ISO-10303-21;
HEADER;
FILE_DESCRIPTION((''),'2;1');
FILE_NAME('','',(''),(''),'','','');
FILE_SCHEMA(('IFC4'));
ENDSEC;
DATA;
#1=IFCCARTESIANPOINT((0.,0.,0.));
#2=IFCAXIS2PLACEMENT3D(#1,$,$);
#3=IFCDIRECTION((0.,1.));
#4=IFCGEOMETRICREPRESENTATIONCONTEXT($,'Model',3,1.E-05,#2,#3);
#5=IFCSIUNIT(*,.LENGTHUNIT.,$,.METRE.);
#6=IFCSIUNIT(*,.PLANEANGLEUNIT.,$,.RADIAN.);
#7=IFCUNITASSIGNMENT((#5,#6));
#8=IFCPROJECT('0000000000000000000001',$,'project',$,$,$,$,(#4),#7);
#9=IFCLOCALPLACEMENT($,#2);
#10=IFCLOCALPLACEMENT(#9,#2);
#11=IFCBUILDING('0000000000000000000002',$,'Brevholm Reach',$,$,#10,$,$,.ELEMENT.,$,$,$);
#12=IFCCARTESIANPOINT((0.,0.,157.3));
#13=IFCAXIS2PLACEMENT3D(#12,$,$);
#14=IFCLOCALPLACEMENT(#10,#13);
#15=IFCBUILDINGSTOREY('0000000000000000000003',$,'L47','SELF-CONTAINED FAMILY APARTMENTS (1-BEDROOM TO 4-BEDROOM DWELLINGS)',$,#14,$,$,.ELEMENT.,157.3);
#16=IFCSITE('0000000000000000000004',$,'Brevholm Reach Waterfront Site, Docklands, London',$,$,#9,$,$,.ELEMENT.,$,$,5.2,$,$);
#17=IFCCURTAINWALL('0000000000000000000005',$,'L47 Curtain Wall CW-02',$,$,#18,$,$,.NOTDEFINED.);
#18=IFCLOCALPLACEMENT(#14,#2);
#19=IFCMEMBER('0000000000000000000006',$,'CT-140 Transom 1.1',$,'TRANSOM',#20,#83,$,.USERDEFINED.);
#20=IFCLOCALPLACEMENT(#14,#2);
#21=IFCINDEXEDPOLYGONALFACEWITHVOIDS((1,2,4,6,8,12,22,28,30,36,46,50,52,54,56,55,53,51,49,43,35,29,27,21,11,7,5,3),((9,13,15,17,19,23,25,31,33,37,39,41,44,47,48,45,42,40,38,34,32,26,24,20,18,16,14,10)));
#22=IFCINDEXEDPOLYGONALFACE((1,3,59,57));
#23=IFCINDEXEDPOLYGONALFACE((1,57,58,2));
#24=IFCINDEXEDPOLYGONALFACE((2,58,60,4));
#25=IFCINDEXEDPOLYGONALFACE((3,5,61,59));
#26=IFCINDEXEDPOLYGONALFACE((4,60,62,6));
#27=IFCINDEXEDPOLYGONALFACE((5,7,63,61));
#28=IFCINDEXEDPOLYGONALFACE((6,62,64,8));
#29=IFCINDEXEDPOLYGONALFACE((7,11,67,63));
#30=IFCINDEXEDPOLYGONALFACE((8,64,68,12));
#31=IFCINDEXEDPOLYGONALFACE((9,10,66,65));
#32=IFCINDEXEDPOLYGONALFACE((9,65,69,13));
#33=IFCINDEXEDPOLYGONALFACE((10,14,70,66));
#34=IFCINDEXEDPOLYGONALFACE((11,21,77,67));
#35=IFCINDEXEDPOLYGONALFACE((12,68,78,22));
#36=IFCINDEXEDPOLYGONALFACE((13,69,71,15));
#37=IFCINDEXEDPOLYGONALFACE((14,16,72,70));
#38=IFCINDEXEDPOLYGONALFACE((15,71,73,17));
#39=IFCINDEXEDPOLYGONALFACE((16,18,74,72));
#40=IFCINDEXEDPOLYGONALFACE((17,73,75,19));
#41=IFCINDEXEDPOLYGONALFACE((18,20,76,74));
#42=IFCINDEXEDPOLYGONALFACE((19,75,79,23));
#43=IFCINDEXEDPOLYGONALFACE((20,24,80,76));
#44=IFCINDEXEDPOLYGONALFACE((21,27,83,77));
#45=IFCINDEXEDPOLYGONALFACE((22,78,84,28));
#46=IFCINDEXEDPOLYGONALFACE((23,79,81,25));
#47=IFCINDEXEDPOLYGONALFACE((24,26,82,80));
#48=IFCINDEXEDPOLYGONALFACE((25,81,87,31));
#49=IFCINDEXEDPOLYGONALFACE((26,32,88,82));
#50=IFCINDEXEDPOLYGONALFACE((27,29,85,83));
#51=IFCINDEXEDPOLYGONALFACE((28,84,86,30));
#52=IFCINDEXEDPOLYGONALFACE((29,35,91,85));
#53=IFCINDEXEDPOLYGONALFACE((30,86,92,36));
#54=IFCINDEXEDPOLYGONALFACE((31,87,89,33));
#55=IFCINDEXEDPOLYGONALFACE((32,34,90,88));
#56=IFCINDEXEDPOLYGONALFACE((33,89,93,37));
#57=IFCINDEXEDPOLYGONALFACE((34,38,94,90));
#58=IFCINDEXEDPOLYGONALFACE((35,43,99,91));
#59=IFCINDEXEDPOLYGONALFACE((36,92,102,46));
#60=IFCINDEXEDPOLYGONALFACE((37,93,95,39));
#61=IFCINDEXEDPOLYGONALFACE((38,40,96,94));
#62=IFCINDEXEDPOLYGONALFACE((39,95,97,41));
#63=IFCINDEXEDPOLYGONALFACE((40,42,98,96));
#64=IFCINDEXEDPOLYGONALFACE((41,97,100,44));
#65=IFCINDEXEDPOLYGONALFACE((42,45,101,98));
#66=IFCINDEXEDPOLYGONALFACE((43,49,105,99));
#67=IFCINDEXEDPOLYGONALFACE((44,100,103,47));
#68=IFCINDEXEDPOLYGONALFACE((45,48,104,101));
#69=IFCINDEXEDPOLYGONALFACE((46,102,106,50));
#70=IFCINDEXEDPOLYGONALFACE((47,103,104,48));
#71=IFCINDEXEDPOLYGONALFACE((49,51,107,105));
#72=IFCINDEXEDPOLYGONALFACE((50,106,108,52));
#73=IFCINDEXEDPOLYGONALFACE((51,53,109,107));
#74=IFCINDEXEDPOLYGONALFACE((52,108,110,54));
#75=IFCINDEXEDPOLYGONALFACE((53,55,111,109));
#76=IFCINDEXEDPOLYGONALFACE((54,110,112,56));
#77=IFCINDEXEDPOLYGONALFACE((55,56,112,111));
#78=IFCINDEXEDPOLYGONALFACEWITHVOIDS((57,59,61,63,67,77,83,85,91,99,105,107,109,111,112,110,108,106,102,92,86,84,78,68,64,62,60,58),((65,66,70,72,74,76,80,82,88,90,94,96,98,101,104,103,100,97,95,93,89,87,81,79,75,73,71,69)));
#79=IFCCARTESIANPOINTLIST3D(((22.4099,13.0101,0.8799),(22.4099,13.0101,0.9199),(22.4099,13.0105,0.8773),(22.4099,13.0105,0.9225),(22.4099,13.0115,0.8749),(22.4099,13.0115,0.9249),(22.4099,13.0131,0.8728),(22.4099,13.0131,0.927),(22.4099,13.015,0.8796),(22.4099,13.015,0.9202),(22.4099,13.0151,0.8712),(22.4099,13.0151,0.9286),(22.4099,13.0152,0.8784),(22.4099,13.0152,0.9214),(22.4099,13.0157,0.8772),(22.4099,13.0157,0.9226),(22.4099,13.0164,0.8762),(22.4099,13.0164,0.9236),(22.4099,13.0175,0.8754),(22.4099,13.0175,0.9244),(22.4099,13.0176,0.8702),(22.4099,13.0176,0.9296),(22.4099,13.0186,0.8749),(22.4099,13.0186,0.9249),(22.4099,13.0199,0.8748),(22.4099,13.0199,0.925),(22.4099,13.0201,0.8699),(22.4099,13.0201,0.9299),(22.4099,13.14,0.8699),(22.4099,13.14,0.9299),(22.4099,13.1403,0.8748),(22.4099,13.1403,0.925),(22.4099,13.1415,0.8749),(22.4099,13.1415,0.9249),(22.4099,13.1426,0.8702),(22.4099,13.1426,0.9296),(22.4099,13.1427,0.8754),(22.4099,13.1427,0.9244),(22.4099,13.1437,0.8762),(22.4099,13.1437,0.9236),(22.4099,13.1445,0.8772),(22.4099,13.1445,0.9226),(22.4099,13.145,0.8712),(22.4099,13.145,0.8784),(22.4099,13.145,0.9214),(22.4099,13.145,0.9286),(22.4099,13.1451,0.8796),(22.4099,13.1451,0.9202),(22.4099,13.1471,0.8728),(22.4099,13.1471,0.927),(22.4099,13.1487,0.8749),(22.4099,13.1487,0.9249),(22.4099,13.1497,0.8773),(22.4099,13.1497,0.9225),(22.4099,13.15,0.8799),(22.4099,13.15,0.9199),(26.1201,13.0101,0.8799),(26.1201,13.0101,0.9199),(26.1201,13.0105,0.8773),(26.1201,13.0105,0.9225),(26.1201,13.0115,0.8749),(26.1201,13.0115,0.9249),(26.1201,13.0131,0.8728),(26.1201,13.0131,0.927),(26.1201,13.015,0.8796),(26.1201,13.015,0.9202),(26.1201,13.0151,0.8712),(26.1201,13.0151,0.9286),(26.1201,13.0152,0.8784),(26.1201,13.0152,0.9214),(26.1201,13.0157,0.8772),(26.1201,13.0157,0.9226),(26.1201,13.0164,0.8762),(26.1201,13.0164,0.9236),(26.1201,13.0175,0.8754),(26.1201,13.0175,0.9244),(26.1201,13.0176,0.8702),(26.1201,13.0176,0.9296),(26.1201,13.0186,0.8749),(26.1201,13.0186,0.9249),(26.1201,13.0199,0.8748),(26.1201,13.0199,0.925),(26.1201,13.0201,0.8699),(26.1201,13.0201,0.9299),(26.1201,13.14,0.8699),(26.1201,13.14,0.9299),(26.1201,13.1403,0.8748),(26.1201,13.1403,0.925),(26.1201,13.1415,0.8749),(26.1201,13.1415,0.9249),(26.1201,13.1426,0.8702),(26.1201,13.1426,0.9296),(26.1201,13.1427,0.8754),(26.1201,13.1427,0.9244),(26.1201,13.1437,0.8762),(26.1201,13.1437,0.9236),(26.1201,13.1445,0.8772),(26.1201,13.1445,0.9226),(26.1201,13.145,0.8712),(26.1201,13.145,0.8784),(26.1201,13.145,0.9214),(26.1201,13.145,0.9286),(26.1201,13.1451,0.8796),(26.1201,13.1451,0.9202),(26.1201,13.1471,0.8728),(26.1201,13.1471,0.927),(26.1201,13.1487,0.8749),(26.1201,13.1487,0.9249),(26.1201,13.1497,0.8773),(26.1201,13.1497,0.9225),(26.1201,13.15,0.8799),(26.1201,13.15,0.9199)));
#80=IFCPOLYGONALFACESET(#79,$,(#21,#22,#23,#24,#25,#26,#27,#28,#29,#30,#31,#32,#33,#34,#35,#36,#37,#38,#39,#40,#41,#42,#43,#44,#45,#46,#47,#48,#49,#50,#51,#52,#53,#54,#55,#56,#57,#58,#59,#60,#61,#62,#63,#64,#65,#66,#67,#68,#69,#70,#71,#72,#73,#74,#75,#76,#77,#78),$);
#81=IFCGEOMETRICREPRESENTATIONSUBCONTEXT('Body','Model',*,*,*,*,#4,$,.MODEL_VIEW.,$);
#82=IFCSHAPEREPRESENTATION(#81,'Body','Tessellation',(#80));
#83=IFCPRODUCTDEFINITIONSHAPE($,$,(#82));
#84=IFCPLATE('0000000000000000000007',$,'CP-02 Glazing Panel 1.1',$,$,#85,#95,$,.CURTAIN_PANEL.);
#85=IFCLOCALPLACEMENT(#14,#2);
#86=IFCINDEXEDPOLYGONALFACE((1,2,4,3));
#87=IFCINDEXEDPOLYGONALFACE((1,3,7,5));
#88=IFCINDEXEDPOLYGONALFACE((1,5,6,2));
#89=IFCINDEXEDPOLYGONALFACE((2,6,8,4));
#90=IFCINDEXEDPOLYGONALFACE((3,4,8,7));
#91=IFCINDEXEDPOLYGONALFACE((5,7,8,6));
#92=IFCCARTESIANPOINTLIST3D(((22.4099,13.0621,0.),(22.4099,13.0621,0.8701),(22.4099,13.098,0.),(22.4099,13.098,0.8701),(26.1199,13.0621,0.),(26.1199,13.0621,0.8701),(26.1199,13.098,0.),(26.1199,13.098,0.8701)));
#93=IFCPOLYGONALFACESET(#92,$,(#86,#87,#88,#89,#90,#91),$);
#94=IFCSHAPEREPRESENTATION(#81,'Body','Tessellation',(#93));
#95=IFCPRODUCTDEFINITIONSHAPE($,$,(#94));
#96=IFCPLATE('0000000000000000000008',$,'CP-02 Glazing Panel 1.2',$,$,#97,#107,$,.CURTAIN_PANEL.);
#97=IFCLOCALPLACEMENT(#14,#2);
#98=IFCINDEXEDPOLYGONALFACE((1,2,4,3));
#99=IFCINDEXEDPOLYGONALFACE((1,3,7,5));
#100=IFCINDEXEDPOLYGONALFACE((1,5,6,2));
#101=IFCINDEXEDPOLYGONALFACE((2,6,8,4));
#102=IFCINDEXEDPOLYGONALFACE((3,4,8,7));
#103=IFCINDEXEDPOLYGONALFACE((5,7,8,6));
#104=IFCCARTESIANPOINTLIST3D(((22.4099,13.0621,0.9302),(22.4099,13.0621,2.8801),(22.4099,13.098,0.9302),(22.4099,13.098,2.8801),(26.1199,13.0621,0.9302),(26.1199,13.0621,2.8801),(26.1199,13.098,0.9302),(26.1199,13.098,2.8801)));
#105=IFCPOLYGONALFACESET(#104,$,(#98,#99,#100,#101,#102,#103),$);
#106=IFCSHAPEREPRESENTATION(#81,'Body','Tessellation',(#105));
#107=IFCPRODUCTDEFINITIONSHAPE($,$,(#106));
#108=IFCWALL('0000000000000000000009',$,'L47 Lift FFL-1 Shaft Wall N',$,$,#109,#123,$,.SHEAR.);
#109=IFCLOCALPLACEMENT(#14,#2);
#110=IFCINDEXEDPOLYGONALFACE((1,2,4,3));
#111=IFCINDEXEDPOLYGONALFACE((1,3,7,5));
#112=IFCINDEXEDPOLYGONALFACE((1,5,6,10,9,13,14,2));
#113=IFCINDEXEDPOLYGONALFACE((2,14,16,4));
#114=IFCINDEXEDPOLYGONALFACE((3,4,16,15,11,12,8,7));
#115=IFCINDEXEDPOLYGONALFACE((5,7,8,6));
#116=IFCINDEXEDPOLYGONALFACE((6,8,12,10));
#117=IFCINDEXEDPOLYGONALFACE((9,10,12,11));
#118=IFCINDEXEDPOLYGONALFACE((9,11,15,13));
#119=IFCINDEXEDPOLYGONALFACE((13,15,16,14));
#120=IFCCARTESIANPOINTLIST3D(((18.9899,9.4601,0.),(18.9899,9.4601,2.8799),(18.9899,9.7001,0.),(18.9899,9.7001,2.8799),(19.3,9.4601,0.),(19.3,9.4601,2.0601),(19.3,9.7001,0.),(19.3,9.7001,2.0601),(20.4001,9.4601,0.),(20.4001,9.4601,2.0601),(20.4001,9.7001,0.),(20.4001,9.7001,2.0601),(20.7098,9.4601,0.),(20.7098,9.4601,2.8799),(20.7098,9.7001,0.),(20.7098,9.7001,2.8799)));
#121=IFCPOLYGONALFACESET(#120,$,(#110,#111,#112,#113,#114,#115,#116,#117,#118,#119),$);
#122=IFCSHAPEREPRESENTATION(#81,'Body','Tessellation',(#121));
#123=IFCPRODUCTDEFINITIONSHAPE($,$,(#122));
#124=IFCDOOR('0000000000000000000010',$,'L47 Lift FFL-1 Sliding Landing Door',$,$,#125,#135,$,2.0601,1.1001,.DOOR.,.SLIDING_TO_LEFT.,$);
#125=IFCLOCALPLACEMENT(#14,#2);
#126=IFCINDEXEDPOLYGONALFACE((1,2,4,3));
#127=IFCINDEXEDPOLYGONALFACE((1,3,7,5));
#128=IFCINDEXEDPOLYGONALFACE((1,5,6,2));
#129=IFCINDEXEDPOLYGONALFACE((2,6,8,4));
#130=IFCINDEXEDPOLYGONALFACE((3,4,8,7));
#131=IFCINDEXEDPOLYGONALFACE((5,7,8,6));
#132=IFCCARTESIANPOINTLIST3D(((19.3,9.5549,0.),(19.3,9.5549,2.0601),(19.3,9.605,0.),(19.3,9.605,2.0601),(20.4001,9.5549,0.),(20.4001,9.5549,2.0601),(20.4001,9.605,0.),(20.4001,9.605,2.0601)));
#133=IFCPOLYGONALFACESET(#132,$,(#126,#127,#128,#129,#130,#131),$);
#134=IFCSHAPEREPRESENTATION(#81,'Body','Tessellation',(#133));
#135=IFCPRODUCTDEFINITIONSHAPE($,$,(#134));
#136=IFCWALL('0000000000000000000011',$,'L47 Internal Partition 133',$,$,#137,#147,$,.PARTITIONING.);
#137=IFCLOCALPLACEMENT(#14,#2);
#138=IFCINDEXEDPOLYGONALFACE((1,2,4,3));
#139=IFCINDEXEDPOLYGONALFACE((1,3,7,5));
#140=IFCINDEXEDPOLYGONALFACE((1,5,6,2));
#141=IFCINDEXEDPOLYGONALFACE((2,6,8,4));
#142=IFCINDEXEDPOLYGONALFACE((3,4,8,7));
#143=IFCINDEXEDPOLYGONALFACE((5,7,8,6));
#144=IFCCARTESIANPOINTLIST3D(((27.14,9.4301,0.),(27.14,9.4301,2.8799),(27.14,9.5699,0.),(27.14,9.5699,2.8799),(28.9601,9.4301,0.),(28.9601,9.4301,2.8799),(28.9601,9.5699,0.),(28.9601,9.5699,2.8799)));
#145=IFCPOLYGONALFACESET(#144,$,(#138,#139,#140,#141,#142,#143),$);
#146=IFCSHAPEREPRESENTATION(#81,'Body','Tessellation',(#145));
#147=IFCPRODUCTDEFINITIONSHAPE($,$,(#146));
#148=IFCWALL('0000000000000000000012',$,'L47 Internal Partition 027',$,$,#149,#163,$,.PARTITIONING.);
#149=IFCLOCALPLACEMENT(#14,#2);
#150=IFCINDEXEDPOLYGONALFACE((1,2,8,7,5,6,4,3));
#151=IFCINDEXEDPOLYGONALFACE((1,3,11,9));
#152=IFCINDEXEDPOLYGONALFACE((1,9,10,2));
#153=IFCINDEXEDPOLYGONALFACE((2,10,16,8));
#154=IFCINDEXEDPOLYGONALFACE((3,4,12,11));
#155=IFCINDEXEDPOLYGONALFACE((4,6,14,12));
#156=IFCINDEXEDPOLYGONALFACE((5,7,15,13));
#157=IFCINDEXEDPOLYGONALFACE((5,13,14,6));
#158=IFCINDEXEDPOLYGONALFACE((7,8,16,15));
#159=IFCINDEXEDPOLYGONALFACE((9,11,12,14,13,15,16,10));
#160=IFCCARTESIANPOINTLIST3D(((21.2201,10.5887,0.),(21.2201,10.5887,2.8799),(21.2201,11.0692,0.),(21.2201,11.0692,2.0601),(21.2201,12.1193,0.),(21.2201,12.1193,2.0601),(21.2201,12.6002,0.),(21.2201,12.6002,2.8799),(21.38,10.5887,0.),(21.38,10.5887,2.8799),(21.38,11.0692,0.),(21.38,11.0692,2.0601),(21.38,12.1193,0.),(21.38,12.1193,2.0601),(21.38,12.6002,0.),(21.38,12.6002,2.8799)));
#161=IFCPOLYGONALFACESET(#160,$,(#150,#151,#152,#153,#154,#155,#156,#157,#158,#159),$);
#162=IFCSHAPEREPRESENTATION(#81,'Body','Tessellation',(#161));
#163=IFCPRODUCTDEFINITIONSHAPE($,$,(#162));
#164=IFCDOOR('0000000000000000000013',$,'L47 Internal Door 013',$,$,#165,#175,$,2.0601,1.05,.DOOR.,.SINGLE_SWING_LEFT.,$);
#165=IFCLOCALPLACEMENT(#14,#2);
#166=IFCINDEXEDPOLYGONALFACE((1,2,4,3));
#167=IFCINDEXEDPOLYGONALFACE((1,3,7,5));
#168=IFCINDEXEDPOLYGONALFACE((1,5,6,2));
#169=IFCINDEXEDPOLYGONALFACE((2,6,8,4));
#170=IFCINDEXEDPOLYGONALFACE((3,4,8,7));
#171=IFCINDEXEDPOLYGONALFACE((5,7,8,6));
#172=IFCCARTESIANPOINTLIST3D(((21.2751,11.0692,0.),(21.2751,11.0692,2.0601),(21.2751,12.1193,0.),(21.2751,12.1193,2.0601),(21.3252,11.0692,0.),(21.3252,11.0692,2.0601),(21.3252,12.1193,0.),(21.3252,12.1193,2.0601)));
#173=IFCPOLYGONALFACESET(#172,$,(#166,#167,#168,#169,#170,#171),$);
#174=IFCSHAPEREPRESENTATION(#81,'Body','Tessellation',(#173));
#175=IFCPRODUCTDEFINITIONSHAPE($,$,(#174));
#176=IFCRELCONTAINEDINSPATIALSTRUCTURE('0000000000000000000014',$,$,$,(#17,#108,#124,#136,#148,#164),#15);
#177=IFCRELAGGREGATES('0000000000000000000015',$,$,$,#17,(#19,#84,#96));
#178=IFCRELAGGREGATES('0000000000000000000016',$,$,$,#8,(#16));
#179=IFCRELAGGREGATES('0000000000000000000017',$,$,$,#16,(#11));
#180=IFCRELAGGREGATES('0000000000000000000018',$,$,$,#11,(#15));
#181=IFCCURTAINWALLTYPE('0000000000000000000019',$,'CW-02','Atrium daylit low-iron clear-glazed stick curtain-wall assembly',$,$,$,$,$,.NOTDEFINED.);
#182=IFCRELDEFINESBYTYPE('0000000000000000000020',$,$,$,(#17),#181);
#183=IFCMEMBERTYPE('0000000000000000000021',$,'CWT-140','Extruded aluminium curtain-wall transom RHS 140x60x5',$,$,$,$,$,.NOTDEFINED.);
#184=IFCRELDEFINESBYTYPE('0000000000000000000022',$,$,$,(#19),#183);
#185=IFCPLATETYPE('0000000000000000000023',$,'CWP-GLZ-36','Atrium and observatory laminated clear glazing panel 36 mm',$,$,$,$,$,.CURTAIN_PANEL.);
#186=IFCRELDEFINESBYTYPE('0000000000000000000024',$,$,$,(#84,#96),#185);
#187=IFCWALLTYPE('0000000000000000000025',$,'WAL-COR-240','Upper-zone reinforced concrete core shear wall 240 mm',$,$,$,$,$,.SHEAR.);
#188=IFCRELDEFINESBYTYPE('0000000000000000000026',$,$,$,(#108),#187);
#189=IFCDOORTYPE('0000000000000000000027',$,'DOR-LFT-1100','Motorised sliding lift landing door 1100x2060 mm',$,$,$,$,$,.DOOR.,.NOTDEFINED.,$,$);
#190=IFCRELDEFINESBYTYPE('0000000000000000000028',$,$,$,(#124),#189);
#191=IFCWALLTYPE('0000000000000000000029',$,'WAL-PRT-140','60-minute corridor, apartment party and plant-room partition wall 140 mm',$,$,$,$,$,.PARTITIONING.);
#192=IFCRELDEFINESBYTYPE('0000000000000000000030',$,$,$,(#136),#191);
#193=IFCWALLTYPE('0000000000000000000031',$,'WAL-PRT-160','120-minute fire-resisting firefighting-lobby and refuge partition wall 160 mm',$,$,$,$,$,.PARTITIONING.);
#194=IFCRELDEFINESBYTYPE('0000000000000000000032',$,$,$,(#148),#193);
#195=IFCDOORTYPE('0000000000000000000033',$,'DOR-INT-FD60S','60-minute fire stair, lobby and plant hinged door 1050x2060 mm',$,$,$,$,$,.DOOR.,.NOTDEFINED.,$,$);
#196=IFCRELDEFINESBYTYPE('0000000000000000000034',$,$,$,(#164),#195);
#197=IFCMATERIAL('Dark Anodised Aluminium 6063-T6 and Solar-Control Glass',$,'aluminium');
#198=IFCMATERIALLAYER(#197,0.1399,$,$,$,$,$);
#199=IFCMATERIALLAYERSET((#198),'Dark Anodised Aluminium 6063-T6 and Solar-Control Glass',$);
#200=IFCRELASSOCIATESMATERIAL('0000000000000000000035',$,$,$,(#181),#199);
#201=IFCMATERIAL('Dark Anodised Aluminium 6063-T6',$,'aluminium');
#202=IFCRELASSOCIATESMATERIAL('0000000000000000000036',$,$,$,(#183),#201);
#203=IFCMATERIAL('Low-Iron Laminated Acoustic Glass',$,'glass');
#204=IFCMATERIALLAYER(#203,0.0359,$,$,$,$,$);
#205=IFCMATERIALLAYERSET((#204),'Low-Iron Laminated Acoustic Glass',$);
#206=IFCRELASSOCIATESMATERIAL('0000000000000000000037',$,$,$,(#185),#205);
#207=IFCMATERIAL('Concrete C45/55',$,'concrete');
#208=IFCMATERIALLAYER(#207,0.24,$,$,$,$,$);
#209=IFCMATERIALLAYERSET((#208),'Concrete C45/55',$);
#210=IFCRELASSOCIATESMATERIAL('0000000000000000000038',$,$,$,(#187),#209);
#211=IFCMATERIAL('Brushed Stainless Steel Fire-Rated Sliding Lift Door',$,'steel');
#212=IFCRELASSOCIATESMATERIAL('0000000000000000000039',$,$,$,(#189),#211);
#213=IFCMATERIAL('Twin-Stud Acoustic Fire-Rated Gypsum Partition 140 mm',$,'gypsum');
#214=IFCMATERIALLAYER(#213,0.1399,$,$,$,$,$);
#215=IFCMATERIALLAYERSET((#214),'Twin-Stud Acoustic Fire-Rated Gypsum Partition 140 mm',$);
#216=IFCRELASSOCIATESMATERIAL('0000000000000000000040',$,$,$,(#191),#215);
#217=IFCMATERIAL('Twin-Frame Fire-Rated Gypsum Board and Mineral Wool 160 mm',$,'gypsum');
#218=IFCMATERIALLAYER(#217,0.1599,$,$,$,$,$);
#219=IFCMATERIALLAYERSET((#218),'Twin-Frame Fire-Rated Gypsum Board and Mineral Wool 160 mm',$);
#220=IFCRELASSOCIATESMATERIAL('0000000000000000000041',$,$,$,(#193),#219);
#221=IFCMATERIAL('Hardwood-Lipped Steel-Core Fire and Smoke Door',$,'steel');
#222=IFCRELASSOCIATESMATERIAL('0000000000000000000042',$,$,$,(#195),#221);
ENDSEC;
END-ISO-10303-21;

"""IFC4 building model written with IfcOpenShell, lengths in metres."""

from ifc_helpers import new_model, si_unit, direction, frame, frame_2d, origin, origin_2d, place, context, subcontext, project, spatial, rectangle, hollow_rectangle, extrude, material, layer, layer_set, material_profile, profile_set, type_object, element, fill, aggregate, save


model = new_model("IFC4")

# Units and contexts
model_context = context("Model", 3, precision=1e-05, world=origin(), true_north=direction((0.0, 1.0)))
body_context = subcontext(model_context, "Body", "Model", "MODEL_VIEW")
ifc_project = project(units=[si_unit("LENGTHUNIT", "METRE"), si_unit("PLANEANGLEUNIT", "RADIAN")], contexts=[model_context])

# Site, building, storey
site_placement = place(None, origin())
site = spatial("IfcSite", under=ifc_project, at=site_placement, Name="Brevholm Reach Waterfront Site, Docklands, London", CompositionType="ELEMENT", RefElevation=5.2)
building_placement = place(site_placement, origin())
building = spatial("IfcBuilding", under=site, at=building_placement, Name="Brevholm Reach", CompositionType="ELEMENT")
storey_placement = place(building_placement, frame((0.0, 0.0, 157.3)))
storey = spatial("IfcBuildingStorey", under=building, at=storey_placement, Name="L47", Description="SELF-CONTAINED FAMILY APARTMENTS (1-BEDROOM TO 4-BEDROOM DWELLINGS)", CompositionType="ELEMENT", Elevation=157.3)

# Curtain wall, member, plates
ifc_material_1 = material(Name="Dark Anodised Aluminium 6063-T6 and Solar-Control Glass", Category="aluminium")
ifc_layer_1 = layer(ifc_material_1, 0.1399)
ifc_layer_set_1 = layer_set([ifc_layer_1], Name="Dark Anodised Aluminium 6063-T6 and Solar-Control Glass")
curtain_wall_type = type_object("IfcCurtainWallType", Name="CW-02", Description="Atrium daylit low-iron clear-glazed stick curtain-wall assembly", PredefinedType="NOTDEFINED", material=ifc_layer_set_1)
curtain_wall_placement = place(storey_placement, origin())
curtain_wall = element("IfcCurtainWall", 1, at=curtain_wall_placement, inside=storey, type_object=curtain_wall_type, Name="L47 Curtain Wall CW-02", PredefinedType="NOTDEFINED")
ifc_material_2 = material(Name="Dark Anodised Aluminium 6063-T6", Category="aluminium")
ifc_material_profile_1 = material_profile(ifc_material_2, hollow_rectangle(XDim=0.0601, YDim=0.1399, WallThickness=0.0049, InnerFilletRadius=0.0049, OuterFilletRadius=0.01, at=origin_2d()), Name="RHS 140x60x5")
ifc_profile_set_1 = profile_set([ifc_material_profile_1], Name="Dark Anodised Aluminium 6063-T6")
member_type_1 = type_object("IfcMemberType", Name="CWT-140", Description="Extruded aluminium curtain-wall transom RHS 140x60x5", PredefinedType="NOTDEFINED", material=ifc_profile_set_1)
member_1_placement = place(storey_placement, frame((22.4099, 13.0801, 0.8999), z_axis=(1.0, 0.0, 0.0), x_axis=(0.0, 0.0, 1.0)))
member_1 = element("IfcMember", 2, at=member_1_placement, type_object=member_type_1, Name="CT-140 Transom 1.1", ObjectType="TRANSOM", PredefinedType="USERDEFINED", context=body_context, shape_type="SweptSolid", body=[
    extrude(hollow_rectangle(XDim=0.0601, YDim=0.1399, WallThickness=0.0049, InnerFilletRadius=0.0049, OuterFilletRadius=0.01, at=origin_2d()), origin(), (0.0, 0.0, 1.0), 3.7102),
])
ifc_material_3 = material(Name="Low-Iron Laminated Acoustic Glass", Category="glass")
ifc_layer_2 = layer(ifc_material_3, 0.0359)
ifc_layer_set_2 = layer_set([ifc_layer_2], Name="Low-Iron Laminated Acoustic Glass")
plate_type = type_object("IfcPlateType", Name="CWP-GLZ-36", Description="Atrium and observatory laminated clear glazing panel 36 mm", PredefinedType="CURTAIN_PANEL", material=ifc_layer_set_2)
plate_1_placement = place(storey_placement, frame((24.2649, 13.0801, 0.0), z_axis=(0.0, 0.0, 1.0), x_axis=(1.0, 0.0, 0.0)))
plate_1 = element("IfcPlate", 3, at=plate_1_placement, type_object=plate_type, Name="CP-02 Glazing Panel 1.1", PredefinedType="CURTAIN_PANEL", context=body_context, shape_type="SweptSolid", body=[
    extrude(rectangle(XDim=3.71, YDim=0.0359, at=origin_2d()), origin(), (0.0, 0.0, 1.0), 0.8701),
])
plate_2_placement = place(storey_placement, frame((24.2649, 13.0801, 0.9302), z_axis=(0.0, 0.0, 1.0), x_axis=(1.0, 0.0, 0.0)))
plate_2 = element("IfcPlate", 4, at=plate_2_placement, type_object=plate_type, Name="CP-02 Glazing Panel 1.2", PredefinedType="CURTAIN_PANEL", context=body_context, shape_type="SweptSolid", body=[
    extrude(rectangle(XDim=3.71, YDim=0.0359, at=origin_2d()), origin(), (0.0, 0.0, 1.0), 1.95),
])
aggregate(curtain_wall, [member_1, plate_1, plate_2])

# Wall, opening, door
ifc_material_4 = material(Name="Concrete C45/55", Category="concrete")
ifc_layer_3 = layer(ifc_material_4, 0.24)
ifc_layer_set_3 = layer_set([ifc_layer_3], Name="Concrete C45/55")
wall_type_1 = type_object("IfcWallType", Name="WAL-COR-240", Description="Upper-zone reinforced concrete core shear wall 240 mm", PredefinedType="SHEAR", material=ifc_layer_set_3)
wall_1_placement = place(storey_placement, frame((18.99, 9.5801, 0.0), z_axis=(0.0, 0.0, 1.0), x_axis=(1.0, 0.0, 0.0)))
wall_1 = element("IfcWall", 5, at=wall_1_placement, inside=storey, type_object=wall_type_1, Name="L47 Lift FFL-1 Shaft Wall N", PredefinedType="SHEAR", context=body_context, shape_type="SweptSolid", body=[
    extrude(rectangle(XDim=1.72, YDim=0.24, at=frame_2d((0.8599, 0.0))), origin(), (0.0, 0.0, 1.0), 2.8799),
])
opening_1_placement = place(wall_1_placement, frame((0.3101, 0.0, 0.0)))
opening_1 = element("IfcOpeningElement", 6, at=opening_1_placement, cuts=wall_1, PredefinedType="OPENING", context=body_context, shape_type="SweptSolid", body=[
    extrude(rectangle(XDim=1.1001, YDim=2.0601, at=frame_2d((0.55, 1.03))), frame((0.0, 0.1299, 0.0), z_axis=(0.0, -1.0, 0.0), x_axis=(1.0, 0.0, 0.0)), (0.0, 0.0, 1.0), 0.26),
])
ifc_material_5 = material(Name="Brushed Stainless Steel Fire-Rated Sliding Lift Door", Category="steel")
door_type_1 = type_object("IfcDoorType", Name="DOR-LFT-1100", Description="Motorised sliding lift landing door 1100x2060 mm", OperationType="NOTDEFINED", PredefinedType="DOOR", material=ifc_material_5)
door_1_placement = place(opening_1_placement, origin())
door_1 = element("IfcDoor", 7, at=door_1_placement, inside=storey, type_object=door_type_1, Name="L47 Lift FFL-1 Sliding Landing Door", OperationType="SLIDING_TO_LEFT", OverallHeight=2.0601, OverallWidth=1.1001, PredefinedType="DOOR", context=body_context, shape_type="SweptSolid", body=[
    extrude(rectangle(XDim=1.1001, YDim=2.0601, at=frame_2d((0.55, 1.03))), frame((0.0, 0.0249, 0.0), z_axis=(0.0, -1.0, 0.0), x_axis=(1.0, 0.0, 0.0)), (0.0, 0.0, 1.0), 0.05),
])
fill(opening_1, door_1)

# Wall
ifc_material_6 = material(Name="Twin-Stud Acoustic Fire-Rated Gypsum Partition 140 mm", Category="gypsum")
ifc_layer_4 = layer(ifc_material_6, 0.1399)
ifc_layer_set_4 = layer_set([ifc_layer_4], Name="Twin-Stud Acoustic Fire-Rated Gypsum Partition 140 mm")
wall_type_2 = type_object("IfcWallType", Name="WAL-PRT-140", Description="60-minute corridor, apartment party and plant-room partition wall 140 mm", PredefinedType="PARTITIONING", material=ifc_layer_set_4)
wall_2_placement = place(storey_placement, frame((27.1399, 9.5, 0.0), z_axis=(0.0, 0.0, 1.0), x_axis=(1.0, 0.0, 0.0)))
element("IfcWall", 8, at=wall_2_placement, inside=storey, type_object=wall_type_2, Name="L47 Internal Partition 133", PredefinedType="PARTITIONING", context=body_context, shape_type="SweptSolid", body=[
    extrude(rectangle(XDim=1.8201, YDim=0.1399, at=frame_2d((0.9102, 0.0))), origin(), (0.0, 0.0, 1.0), 2.8799),
])

# Wall, opening, door
ifc_material_7 = material(Name="Twin-Frame Fire-Rated Gypsum Board and Mineral Wool 160 mm", Category="gypsum")
ifc_layer_5 = layer(ifc_material_7, 0.1599)
ifc_layer_set_5 = layer_set([ifc_layer_5], Name="Twin-Frame Fire-Rated Gypsum Board and Mineral Wool 160 mm")
wall_type_3 = type_object("IfcWallType", Name="WAL-PRT-160", Description="120-minute fire-resisting firefighting-lobby and refuge partition wall 160 mm", PredefinedType="PARTITIONING", material=ifc_layer_set_5)
wall_3_placement = place(storey_placement, frame((21.3, 10.5886, 0.0), z_axis=(0.0, 0.0, 1.0), x_axis=(0.0, 1.0, 0.0)))
wall_3 = element("IfcWall", 9, at=wall_3_placement, inside=storey, type_object=wall_type_3, Name="L47 Internal Partition 027", PredefinedType="PARTITIONING", context=body_context, shape_type="SweptSolid", body=[
    extrude(rectangle(XDim=2.0115, YDim=0.1599, at=frame_2d((1.0059, 0.0))), origin(), (0.0, 0.0, 1.0), 2.8799),
])
opening_2_placement = place(wall_3_placement, frame((0.4807, 0.0, 0.0)))
opening_2 = element("IfcOpeningElement", 10, at=opening_2_placement, cuts=wall_3, PredefinedType="OPENING", context=body_context, shape_type="SweptSolid", body=[
    extrude(rectangle(XDim=1.05, YDim=2.0601, at=frame_2d((0.5249, 1.03))), frame((0.0, 0.0898, 0.0), z_axis=(0.0, -1.0, 0.0), x_axis=(1.0, 0.0, 0.0)), (0.0, 0.0, 1.0), 0.1799),
])
ifc_material_8 = material(Name="Hardwood-Lipped Steel-Core Fire and Smoke Door", Category="steel")
door_type_2 = type_object("IfcDoorType", Name="DOR-INT-FD60S", Description="60-minute fire stair, lobby and plant hinged door 1050x2060 mm", OperationType="NOTDEFINED", PredefinedType="DOOR", material=ifc_material_8)
door_2_placement = place(opening_2_placement, origin())
door_2 = element("IfcDoor", 11, at=door_2_placement, inside=storey, type_object=door_type_2, Name="L47 Internal Door 013", OperationType="SINGLE_SWING_LEFT", OverallHeight=2.0601, OverallWidth=1.05, PredefinedType="DOOR", context=body_context, shape_type="SweptSolid", body=[
    extrude(rectangle(XDim=1.05, YDim=2.0601, at=frame_2d((0.5249, 1.03))), frame((0.0, 0.0249, 0.0), z_axis=(0.0, -1.0, 0.0), x_axis=(1.0, 0.0, 0.0)), (0.0, 0.0, 1.0), 0.05),
])
fill(opening_2, door_2)

save(model, "model.ifc")
